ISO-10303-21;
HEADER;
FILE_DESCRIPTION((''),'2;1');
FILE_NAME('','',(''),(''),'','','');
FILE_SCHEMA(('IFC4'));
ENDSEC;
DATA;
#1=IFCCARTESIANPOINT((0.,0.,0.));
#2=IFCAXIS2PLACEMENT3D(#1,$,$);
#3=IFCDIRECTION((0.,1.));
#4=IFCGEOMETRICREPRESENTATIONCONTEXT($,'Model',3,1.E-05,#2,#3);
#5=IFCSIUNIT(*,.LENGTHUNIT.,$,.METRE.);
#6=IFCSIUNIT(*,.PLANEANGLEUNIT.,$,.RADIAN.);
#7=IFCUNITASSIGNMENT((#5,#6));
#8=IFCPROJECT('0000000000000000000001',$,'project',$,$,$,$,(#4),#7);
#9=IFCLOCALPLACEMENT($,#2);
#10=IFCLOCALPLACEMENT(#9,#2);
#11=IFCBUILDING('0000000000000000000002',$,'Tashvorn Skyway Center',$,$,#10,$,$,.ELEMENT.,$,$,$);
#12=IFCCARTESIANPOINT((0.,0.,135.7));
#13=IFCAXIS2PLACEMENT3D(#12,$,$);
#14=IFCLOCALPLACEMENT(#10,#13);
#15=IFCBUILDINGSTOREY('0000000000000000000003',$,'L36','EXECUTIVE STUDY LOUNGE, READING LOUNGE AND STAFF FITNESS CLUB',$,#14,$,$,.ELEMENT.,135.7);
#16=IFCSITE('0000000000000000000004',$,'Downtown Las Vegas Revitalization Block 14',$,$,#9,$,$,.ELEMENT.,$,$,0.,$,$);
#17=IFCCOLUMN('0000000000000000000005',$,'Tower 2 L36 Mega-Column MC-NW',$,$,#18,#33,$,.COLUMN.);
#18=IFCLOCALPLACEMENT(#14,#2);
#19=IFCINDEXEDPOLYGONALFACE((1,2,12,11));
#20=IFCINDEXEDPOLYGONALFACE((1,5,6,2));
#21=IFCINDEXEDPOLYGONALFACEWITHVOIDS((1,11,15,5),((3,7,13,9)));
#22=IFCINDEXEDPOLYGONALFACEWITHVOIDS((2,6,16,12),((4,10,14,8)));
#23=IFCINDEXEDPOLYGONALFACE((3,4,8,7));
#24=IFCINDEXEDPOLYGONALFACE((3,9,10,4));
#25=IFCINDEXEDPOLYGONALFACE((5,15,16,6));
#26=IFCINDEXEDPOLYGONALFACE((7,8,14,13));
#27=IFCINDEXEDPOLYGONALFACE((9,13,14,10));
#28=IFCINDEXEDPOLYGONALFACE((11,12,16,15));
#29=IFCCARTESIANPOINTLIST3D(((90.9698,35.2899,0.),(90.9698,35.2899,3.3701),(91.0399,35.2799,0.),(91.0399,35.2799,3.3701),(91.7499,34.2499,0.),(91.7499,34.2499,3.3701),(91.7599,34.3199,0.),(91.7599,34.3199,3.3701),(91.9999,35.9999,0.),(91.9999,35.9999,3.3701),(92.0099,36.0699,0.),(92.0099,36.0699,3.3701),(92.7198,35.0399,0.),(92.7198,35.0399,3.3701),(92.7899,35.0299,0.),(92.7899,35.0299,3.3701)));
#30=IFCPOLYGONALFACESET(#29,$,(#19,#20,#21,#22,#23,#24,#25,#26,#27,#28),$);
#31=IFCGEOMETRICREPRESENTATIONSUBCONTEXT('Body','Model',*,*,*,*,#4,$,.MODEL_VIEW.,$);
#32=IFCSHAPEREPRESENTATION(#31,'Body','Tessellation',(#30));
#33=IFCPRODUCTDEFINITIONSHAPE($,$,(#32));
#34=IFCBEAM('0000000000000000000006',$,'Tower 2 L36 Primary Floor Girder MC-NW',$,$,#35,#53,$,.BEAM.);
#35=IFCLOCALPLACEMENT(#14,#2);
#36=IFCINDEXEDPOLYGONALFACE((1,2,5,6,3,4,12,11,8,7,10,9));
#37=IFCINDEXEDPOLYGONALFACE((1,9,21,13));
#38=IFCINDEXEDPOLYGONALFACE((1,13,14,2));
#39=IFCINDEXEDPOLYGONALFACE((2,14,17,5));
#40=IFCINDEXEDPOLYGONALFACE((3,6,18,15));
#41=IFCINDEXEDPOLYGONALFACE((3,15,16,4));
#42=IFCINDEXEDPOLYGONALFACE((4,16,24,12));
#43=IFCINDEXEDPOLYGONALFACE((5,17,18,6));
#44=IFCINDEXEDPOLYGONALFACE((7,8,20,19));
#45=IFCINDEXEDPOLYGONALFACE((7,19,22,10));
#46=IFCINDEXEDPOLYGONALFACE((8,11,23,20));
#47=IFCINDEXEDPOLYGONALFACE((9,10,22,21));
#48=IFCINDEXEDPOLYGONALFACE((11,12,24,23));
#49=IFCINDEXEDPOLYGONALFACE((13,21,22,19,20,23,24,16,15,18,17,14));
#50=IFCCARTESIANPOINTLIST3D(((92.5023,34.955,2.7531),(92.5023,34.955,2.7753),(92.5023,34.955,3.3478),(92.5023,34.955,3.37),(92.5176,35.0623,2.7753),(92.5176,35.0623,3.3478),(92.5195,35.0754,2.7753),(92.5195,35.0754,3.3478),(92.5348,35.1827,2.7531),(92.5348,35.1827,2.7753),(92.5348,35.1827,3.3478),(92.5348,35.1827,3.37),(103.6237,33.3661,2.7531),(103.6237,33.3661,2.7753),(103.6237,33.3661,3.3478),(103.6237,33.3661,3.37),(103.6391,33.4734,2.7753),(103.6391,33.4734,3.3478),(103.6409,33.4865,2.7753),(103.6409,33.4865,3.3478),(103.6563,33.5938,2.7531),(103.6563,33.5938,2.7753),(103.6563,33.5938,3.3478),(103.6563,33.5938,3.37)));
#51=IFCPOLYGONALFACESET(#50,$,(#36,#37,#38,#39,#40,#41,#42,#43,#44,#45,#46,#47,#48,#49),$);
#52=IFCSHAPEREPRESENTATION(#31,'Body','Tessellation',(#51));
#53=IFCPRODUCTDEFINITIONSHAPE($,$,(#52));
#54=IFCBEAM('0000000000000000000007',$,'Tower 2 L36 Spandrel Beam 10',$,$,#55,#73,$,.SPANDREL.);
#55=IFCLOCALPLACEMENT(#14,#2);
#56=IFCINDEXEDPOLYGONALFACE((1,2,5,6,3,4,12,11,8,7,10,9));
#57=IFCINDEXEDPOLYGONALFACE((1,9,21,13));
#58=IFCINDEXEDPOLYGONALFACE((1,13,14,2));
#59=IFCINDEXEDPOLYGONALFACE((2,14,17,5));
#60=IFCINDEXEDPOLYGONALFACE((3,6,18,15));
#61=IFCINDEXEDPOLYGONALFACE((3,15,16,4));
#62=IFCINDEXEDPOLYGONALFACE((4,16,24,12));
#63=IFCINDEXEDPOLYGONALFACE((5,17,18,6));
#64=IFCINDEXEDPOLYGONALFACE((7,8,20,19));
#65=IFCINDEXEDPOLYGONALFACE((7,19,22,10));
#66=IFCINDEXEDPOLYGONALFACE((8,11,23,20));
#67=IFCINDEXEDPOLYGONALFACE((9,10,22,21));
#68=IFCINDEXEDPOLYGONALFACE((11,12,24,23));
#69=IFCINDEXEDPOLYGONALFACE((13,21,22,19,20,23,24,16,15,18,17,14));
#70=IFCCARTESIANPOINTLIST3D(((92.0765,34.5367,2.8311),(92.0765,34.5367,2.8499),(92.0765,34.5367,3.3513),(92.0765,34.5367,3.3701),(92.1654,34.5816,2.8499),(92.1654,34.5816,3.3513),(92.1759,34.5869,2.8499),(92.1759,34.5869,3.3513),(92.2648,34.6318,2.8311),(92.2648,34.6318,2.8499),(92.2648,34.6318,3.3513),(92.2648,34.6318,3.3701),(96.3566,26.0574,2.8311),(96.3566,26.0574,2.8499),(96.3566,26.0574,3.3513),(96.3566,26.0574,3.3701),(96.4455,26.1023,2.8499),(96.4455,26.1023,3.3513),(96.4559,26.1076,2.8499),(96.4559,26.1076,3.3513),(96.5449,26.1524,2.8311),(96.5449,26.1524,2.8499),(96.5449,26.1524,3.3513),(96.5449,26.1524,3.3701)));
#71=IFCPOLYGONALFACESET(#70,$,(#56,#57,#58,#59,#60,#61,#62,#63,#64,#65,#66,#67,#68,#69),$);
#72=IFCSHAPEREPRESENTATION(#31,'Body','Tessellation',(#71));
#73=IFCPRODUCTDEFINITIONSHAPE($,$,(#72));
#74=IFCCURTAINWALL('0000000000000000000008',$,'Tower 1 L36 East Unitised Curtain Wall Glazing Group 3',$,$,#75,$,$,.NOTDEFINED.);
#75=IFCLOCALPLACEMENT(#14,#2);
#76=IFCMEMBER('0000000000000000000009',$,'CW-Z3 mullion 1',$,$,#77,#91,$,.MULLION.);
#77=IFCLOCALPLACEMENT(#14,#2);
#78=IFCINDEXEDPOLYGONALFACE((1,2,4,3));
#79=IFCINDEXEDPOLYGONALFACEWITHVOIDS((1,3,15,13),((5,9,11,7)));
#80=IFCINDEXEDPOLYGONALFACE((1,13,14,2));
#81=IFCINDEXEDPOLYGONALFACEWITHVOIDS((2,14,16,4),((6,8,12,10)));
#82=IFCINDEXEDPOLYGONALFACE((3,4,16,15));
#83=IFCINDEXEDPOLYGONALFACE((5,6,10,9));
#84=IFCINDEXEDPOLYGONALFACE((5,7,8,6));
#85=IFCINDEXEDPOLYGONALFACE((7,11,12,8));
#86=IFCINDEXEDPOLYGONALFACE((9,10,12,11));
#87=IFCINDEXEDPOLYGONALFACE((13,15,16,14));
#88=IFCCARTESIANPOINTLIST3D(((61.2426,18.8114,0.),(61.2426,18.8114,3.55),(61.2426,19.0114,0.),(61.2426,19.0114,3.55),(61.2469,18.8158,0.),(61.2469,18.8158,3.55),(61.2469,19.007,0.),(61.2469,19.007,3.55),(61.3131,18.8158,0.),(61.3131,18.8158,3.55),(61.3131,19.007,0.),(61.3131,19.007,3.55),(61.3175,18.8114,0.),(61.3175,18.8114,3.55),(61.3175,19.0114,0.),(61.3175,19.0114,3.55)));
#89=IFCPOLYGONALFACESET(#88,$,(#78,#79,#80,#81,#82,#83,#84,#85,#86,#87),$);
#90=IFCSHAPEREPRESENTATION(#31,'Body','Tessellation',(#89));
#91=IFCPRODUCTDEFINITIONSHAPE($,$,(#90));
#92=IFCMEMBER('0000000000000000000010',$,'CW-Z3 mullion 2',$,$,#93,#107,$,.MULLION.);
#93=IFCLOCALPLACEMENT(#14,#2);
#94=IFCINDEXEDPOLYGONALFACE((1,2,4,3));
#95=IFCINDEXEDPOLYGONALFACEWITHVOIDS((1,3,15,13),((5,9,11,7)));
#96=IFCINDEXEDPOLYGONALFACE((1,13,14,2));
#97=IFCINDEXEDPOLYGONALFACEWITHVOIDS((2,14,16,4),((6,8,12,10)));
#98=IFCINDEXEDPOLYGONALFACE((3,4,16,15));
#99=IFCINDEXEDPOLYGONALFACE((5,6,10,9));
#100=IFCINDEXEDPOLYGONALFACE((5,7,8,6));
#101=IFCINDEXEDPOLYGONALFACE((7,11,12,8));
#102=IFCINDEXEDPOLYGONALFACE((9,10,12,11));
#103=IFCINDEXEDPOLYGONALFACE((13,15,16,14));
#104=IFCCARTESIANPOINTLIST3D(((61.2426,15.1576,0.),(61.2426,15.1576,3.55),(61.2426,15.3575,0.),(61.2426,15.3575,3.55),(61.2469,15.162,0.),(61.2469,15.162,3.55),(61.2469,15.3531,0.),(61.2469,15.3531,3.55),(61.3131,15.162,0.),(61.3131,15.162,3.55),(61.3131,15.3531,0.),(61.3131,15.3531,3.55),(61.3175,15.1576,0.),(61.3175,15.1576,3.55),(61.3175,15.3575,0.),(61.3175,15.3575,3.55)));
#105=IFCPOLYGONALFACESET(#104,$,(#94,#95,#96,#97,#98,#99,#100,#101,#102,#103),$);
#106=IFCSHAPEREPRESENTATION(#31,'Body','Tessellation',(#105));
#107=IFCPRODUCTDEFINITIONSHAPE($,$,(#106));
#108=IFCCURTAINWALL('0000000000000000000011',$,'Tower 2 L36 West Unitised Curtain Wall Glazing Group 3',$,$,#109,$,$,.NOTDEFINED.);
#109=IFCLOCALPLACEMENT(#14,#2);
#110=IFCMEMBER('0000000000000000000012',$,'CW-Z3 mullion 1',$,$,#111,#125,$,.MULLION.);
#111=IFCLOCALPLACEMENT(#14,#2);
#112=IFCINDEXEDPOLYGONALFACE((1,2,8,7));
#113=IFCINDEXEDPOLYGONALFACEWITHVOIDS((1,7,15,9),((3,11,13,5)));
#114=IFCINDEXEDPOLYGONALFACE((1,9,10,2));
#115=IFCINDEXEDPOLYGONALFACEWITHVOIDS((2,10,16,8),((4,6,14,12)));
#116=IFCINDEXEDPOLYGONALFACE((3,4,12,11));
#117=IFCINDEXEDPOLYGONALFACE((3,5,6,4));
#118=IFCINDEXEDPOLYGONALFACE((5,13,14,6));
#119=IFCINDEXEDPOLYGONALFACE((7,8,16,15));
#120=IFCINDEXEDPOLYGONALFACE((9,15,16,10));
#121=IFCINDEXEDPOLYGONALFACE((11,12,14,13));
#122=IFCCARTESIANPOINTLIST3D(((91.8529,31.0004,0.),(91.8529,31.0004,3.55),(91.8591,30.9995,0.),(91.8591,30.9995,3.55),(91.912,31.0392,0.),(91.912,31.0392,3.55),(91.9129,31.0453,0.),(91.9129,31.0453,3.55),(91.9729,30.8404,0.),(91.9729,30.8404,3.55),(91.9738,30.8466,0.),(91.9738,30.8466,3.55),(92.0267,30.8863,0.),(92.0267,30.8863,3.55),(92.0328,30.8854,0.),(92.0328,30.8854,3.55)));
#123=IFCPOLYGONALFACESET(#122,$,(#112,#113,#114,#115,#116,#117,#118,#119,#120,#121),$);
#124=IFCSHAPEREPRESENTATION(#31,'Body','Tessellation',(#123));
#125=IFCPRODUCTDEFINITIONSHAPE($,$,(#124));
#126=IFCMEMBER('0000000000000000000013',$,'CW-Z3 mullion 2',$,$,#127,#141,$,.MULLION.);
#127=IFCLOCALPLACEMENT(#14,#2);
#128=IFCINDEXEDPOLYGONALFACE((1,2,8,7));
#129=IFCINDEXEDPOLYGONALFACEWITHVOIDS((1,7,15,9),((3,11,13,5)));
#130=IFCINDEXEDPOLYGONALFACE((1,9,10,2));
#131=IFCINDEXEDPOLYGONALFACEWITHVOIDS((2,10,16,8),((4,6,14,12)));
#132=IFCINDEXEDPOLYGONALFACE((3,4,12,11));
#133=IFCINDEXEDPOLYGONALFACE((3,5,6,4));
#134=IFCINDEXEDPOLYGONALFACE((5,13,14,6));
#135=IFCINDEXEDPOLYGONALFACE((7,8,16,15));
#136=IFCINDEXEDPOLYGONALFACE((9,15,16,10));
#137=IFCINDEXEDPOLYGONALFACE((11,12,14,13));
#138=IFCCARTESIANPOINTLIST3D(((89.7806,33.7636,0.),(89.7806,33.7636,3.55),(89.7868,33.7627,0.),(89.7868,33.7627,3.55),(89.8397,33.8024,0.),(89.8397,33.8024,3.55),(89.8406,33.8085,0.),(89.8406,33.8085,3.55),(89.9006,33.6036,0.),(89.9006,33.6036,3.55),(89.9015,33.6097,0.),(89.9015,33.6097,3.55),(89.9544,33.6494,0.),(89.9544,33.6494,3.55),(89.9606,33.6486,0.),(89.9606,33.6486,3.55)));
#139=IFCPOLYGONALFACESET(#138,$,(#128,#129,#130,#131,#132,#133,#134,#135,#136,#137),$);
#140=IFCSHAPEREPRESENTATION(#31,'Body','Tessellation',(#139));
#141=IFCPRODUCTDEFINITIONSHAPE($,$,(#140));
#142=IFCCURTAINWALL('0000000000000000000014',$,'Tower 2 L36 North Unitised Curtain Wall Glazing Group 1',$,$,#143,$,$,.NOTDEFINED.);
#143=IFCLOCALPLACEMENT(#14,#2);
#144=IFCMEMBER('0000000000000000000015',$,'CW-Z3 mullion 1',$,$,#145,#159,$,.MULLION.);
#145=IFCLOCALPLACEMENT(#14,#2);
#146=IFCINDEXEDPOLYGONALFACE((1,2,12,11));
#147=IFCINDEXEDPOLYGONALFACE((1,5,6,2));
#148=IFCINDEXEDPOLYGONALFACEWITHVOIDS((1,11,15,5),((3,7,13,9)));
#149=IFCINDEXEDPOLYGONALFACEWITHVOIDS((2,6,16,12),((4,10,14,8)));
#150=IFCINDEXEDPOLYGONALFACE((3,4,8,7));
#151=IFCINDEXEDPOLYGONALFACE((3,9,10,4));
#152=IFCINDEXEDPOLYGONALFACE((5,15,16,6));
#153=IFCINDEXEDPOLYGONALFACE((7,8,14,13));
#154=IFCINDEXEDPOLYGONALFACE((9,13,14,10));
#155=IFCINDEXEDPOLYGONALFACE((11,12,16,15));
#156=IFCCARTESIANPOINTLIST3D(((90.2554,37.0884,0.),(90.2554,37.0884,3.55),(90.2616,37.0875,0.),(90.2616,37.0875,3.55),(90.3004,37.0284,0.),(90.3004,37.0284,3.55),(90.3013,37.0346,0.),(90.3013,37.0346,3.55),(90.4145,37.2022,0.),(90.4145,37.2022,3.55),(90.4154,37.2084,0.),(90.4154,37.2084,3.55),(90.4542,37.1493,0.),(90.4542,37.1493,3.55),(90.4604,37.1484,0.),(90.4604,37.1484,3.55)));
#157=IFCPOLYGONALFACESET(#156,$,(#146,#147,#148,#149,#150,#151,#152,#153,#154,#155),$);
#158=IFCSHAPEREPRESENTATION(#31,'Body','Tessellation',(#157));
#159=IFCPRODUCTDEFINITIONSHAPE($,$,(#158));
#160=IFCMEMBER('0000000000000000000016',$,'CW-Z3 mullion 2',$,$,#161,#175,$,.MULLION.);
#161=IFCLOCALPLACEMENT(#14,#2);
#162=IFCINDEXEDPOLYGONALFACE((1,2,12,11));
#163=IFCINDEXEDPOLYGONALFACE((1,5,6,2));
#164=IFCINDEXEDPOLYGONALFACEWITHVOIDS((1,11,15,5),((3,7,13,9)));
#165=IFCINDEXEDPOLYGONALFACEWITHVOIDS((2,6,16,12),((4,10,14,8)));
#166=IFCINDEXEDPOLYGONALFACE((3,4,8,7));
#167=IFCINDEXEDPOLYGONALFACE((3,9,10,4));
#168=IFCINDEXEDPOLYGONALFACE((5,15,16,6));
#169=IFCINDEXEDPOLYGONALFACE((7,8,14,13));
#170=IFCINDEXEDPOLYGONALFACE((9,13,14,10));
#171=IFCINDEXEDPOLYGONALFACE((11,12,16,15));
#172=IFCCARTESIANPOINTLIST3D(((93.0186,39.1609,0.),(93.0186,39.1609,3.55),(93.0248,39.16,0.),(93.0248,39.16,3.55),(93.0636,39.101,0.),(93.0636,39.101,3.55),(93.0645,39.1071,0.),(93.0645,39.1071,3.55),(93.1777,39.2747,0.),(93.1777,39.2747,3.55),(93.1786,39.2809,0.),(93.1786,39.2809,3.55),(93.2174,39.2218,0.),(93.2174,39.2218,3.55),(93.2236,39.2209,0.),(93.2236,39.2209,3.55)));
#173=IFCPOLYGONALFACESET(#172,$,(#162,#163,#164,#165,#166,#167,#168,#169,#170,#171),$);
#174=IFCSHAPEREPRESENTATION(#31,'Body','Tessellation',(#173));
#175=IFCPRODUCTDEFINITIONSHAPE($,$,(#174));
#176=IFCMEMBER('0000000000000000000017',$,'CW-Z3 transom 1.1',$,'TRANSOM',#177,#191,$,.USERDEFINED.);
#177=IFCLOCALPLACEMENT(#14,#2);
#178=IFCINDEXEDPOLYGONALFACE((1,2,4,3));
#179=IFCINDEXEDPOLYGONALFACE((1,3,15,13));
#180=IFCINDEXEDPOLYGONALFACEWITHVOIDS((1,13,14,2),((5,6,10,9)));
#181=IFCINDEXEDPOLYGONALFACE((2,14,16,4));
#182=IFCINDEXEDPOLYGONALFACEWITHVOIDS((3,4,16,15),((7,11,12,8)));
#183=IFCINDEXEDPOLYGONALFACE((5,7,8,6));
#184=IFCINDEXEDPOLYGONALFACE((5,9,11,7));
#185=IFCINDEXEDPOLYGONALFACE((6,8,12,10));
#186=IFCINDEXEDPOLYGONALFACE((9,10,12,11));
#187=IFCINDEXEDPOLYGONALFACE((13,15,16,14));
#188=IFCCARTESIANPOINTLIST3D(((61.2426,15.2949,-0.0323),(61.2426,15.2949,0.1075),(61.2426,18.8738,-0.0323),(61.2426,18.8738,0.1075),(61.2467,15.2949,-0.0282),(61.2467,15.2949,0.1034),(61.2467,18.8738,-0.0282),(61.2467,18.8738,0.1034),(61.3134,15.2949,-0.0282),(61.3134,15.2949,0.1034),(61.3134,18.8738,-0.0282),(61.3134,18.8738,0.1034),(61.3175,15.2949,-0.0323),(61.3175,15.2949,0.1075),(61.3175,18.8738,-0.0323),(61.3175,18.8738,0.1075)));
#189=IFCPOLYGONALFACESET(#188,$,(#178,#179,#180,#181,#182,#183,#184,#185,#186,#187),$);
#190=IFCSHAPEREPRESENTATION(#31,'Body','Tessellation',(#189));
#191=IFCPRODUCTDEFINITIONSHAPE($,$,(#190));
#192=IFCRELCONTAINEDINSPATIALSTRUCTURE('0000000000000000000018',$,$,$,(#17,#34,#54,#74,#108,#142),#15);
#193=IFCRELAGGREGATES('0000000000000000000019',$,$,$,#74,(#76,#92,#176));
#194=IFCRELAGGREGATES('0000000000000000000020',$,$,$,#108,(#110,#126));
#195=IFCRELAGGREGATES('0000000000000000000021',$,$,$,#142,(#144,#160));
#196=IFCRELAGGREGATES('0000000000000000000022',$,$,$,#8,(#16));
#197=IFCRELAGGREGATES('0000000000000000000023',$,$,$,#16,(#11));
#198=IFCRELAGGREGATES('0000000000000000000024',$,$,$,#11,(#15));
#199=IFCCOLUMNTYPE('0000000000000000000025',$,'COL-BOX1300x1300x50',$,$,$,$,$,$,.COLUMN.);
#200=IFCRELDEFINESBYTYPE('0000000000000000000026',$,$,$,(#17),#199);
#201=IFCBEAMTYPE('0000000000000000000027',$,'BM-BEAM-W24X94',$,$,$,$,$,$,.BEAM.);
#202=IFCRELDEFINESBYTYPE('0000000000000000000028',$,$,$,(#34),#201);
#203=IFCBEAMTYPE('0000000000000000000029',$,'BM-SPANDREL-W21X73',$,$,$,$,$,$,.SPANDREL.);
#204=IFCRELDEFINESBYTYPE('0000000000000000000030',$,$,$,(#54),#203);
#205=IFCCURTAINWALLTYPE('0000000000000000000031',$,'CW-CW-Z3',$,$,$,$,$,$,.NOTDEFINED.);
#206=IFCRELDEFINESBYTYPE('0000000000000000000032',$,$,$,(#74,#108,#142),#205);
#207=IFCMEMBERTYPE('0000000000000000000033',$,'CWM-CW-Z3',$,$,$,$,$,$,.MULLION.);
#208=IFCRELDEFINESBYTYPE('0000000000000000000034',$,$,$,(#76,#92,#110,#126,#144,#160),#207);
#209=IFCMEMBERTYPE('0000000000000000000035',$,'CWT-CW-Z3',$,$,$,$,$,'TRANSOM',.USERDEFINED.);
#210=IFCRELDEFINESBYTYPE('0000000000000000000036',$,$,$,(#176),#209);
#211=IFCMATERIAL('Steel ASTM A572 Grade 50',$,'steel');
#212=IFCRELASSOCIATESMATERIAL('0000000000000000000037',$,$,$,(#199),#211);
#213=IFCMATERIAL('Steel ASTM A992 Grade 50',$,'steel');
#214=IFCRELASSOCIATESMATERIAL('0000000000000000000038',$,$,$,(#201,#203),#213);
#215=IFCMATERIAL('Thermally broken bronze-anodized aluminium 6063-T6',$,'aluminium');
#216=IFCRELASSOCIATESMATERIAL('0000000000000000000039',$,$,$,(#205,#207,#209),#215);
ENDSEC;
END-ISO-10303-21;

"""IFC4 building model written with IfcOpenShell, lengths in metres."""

from ifc_helpers import new_model, si_unit, direction, frame, origin, origin_2d, place, context, subcontext, project, spatial, hollow_rectangle, i_section, extrude, material, material_profile, profile_set, type_object, element, aggregate, save


model = new_model("IFC4")

# Units and contexts
model_context = context("Model", 3, precision=1e-05, world=origin(), true_north=direction((0.0, 1.0)))
body_context = subcontext(model_context, "Body", "Model", "MODEL_VIEW")
ifc_project = project(units=[si_unit("LENGTHUNIT", "METRE"), si_unit("PLANEANGLEUNIT", "RADIAN")], contexts=[model_context])

# Site, building, storey
site_placement = place(None, origin())
site = spatial("IfcSite", under=ifc_project, at=site_placement, Name="Downtown Las Vegas Revitalization Block 14", CompositionType="ELEMENT", RefElevation=0.0)
building_placement = place(site_placement, origin())
building = spatial("IfcBuilding", under=site, at=building_placement, Name="Tashvorn Skyway Center", CompositionType="ELEMENT")
storey_placement = place(building_placement, frame((0.0, 0.0, 135.7)))
storey = spatial("IfcBuildingStorey", under=building, at=storey_placement, Name="L36", Description="EXECUTIVE STUDY LOUNGE, READING LOUNGE AND STAFF FITNESS CLUB", CompositionType="ELEMENT", Elevation=135.7)

# Column
ifc_material_1 = material(Name="Steel ASTM A572 Grade 50", Category="steel")
ifc_material_profile_1 = material_profile(ifc_material_1, hollow_rectangle(XDim=1.3, YDim=1.3, WallThickness=0.05, at=origin_2d()), Name="BOX1300x1300x50")
ifc_profile_set_1 = profile_set([ifc_material_profile_1], Name="Steel ASTM A572 Grade 50")
column_type = type_object("IfcColumnType", Name="COL-BOX1300x1300x50", PredefinedType="COLUMN", material=ifc_profile_set_1)
column_placement = place(storey_placement, frame((91.8799, 35.1599, 0.0), z_axis=(0.0, 0.0, 1.0), x_axis=(0.8, 0.6, 0.0)))
element("IfcColumn", 1, at=column_placement, inside=storey, type_object=column_type, Name="Tower 2 L36 Mega-Column MC-NW", PredefinedType="COLUMN", context=body_context, shape_type="SweptSolid", body=[
    extrude(hollow_rectangle(XDim=1.3, YDim=1.3, WallThickness=0.05, at=origin_2d()), origin(), (0.0, 0.0, 1.0), 3.3701),
])

# Beams
ifc_material_2 = material(Name="Steel ASTM A992 Grade 50", Category="steel")
ifc_material_profile_2 = material_profile(ifc_material_2, i_section(OverallWidth=0.23, OverallDepth=0.6169, WebThickness=0.0132, FlangeThickness=0.0222, at=origin_2d()), Name="W24X94")
ifc_profile_set_2 = profile_set([ifc_material_profile_2], Name="Steel ASTM A992 Grade 50")
beam_type_1 = type_object("IfcBeamType", Name="BM-BEAM-W24X94", PredefinedType="BEAM", material=ifc_profile_set_2)
beam_1_placement = place(storey_placement, frame((92.5186, 35.0688, 3.0615), z_axis=(0.989948, -0.14143, 0.0), x_axis=(0.14143, 0.989948, 0.0)))
element("IfcBeam", 2, at=beam_1_placement, inside=storey, type_object=beam_type_1, Name="Tower 2 L36 Primary Floor Girder MC-NW", PredefinedType="BEAM", context=body_context, shape_type="SweptSolid", body=[
    extrude(i_section(OverallWidth=0.23, OverallDepth=0.6169, WebThickness=0.0132, FlangeThickness=0.0222, at=origin_2d()), origin(), (0.0, 0.0, 1.0), 11.2344),
])
ifc_material_profile_3 = material_profile(ifc_material_2, i_section(OverallWidth=0.2109, OverallDepth=0.5391, WebThickness=0.0117, FlangeThickness=0.0188, at=origin_2d()), Name="W21X73")
ifc_profile_set_3 = profile_set([ifc_material_profile_3], Name="Steel ASTM A992 Grade 50")
beam_type_2 = type_object("IfcBeamType", Name="BM-SPANDREL-W21X73", PredefinedType="SPANDREL", material=ifc_profile_set_3)
beam_2_placement = place(storey_placement, frame((92.1707, 34.5842, 3.1006), z_axis=(0.450614, -0.892719, 0.0), x_axis=(0.892719, 0.450614, 0.0)))
element("IfcBeam", 3, at=beam_2_placement, inside=storey, type_object=beam_type_2, Name="Tower 2 L36 Spandrel Beam 10", PredefinedType="SPANDREL", context=body_context, shape_type="SweptSolid", body=[
    extrude(i_section(OverallWidth=0.2109, OverallDepth=0.5391, WebThickness=0.0117, FlangeThickness=0.0188, at=origin_2d()), origin(), (0.0, 0.0, 1.0), 9.4983),
])

# Curtain walls, members
ifc_material_3 = material(Name="Thermally broken bronze-anodized aluminium 6063-T6", Category="aluminium")
curtain_wall_type = type_object("IfcCurtainWallType", Name="CW-CW-Z3", PredefinedType="NOTDEFINED", material=ifc_material_3)
curtain_wall_1_placement = place(storey_placement, origin())
curtain_wall_1 = element("IfcCurtainWall", 4, at=curtain_wall_1_placement, inside=storey, type_object=curtain_wall_type, Name="Tower 1 L36 East Unitised Curtain Wall Glazing Group 3", PredefinedType="NOTDEFINED")
ifc_material_profile_4 = material_profile(ifc_material_3, hollow_rectangle(XDim=0.075, YDim=0.2, WallThickness=0.0044, at=origin_2d()), Name="ALU-MULL-75x200")
ifc_profile_set_4 = profile_set([ifc_material_profile_4], Name="Thermally broken bronze-anodized aluminium 6063-T6")
member_type_1 = type_object("IfcMemberType", Name="CWM-CW-Z3", PredefinedType="MULLION", material=ifc_profile_set_4)
member_1_placement = place(storey_placement, frame((61.28, 18.9114, 0.0), z_axis=(0.0, 0.0, 1.0), x_axis=(1.0, 0.0, 0.0)))
member_1 = element("IfcMember", 5, at=member_1_placement, type_object=member_type_1, Name="CW-Z3 mullion 1", PredefinedType="MULLION", context=body_context, shape_type="SweptSolid", body=[
    extrude(hollow_rectangle(XDim=0.075, YDim=0.2, WallThickness=0.0044, at=origin_2d()), origin(), (0.0, 0.0, 1.0), 3.55),
])
member_2_placement = place(storey_placement, frame((61.28, 15.2576, 0.0), z_axis=(0.0, 0.0, 1.0), x_axis=(1.0, 0.0, 0.0)))
member_2 = element("IfcMember", 6, at=member_2_placement, type_object=member_type_1, Name="CW-Z3 mullion 2", PredefinedType="MULLION", context=body_context, shape_type="SweptSolid", body=[
    extrude(hollow_rectangle(XDim=0.075, YDim=0.2, WallThickness=0.0044, at=origin_2d()), origin(), (0.0, 0.0, 1.0), 3.55),
])
curtain_wall_2_placement = place(storey_placement, origin())
curtain_wall_2 = element("IfcCurtainWall", 7, at=curtain_wall_2_placement, inside=storey, type_object=curtain_wall_type, Name="Tower 2 L36 West Unitised Curtain Wall Glazing Group 3", PredefinedType="NOTDEFINED")
member_3_placement = place(storey_placement, frame((91.9429, 30.9429, 0.0), z_axis=(0.0, 0.0, 1.0), x_axis=(-0.800003, -0.599995, 0.0)))
member_3 = element("IfcMember", 8, at=member_3_placement, type_object=member_type_1, Name="CW-Z3 mullion 1", PredefinedType="MULLION", context=body_context, shape_type="SweptSolid", body=[
    extrude(hollow_rectangle(XDim=0.075, YDim=0.2, WallThickness=0.0044, at=origin_2d()), origin(), (0.0, 0.0, 1.0), 3.55),
])
member_4_placement = place(storey_placement, frame((89.8706, 33.7061, 0.0), z_axis=(0.0, 0.0, 1.0), x_axis=(-0.800003, -0.599995, 0.0)))
member_4 = element("IfcMember", 9, at=member_4_placement, type_object=member_type_1, Name="CW-Z3 mullion 2", PredefinedType="MULLION", context=body_context, shape_type="SweptSolid", body=[
    extrude(hollow_rectangle(XDim=0.075, YDim=0.2, WallThickness=0.0044, at=origin_2d()), origin(), (0.0, 0.0, 1.0), 3.55),
])
curtain_wall_3_placement = place(storey_placement, origin())
curtain_wall_3 = element("IfcCurtainWall", 10, at=curtain_wall_3_placement, inside=storey, type_object=curtain_wall_type, Name="Tower 2 L36 North Unitised Curtain Wall Glazing Group 1", PredefinedType="NOTDEFINED")
member_5_placement = place(storey_placement, frame((90.3579, 37.1184, 0.0), z_axis=(0.0, 0.0, 1.0), x_axis=(-0.599995, 0.800003, 0.0)))
member_5 = element("IfcMember", 11, at=member_5_placement, type_object=member_type_1, Name="CW-Z3 mullion 1", PredefinedType="MULLION", context=body_context, shape_type="SweptSolid", body=[
    extrude(hollow_rectangle(XDim=0.075, YDim=0.2, WallThickness=0.0044, at=origin_2d()), origin(), (0.0, 0.0, 1.0), 3.55),
])
member_6_placement = place(storey_placement, frame((93.1211, 39.1909, 0.0), z_axis=(0.0, 0.0, 1.0), x_axis=(-0.599995, 0.800003, 0.0)))
member_6 = element("IfcMember", 12, at=member_6_placement, type_object=member_type_1, Name="CW-Z3 mullion 2", PredefinedType="MULLION", context=body_context, shape_type="SweptSolid", body=[
    extrude(hollow_rectangle(XDim=0.075, YDim=0.2, WallThickness=0.0044, at=origin_2d()), origin(), (0.0, 0.0, 1.0), 3.55),
])

# Member
ifc_material_profile_5 = material_profile(ifc_material_3, hollow_rectangle(XDim=0.075, YDim=0.1399, WallThickness=0.0042, at=origin_2d()), Name="ALU-TRAN-75x140")
ifc_profile_set_5 = profile_set([ifc_material_profile_5], Name="Thermally broken bronze-anodized aluminium 6063-T6")
member_type_2 = type_object("IfcMemberType", Name="CWT-CW-Z3", ElementType="TRANSOM", PredefinedType="USERDEFINED", material=ifc_profile_set_5)
member_7_placement = place(storey_placement, frame((61.28, 18.8738, 0.0376), z_axis=(0.0, -1.0, 0.0), x_axis=(1.0, 0.0, 0.0)))
member_7 = element("IfcMember", 13, at=member_7_placement, type_object=member_type_2, Name="CW-Z3 transom 1.1", ObjectType="TRANSOM", PredefinedType="USERDEFINED", context=body_context, shape_type="SweptSolid", body=[
    extrude(hollow_rectangle(XDim=0.075, YDim=0.1399, WallThickness=0.0042, at=origin_2d()), origin(), (0.0, 0.0, 1.0), 3.5789),
])

aggregate(curtain_wall_1, [member_1, member_2, member_7])
aggregate(curtain_wall_2, [member_3, member_4])
aggregate(curtain_wall_3, [member_5, member_6])

save(model, "model.ifc")
